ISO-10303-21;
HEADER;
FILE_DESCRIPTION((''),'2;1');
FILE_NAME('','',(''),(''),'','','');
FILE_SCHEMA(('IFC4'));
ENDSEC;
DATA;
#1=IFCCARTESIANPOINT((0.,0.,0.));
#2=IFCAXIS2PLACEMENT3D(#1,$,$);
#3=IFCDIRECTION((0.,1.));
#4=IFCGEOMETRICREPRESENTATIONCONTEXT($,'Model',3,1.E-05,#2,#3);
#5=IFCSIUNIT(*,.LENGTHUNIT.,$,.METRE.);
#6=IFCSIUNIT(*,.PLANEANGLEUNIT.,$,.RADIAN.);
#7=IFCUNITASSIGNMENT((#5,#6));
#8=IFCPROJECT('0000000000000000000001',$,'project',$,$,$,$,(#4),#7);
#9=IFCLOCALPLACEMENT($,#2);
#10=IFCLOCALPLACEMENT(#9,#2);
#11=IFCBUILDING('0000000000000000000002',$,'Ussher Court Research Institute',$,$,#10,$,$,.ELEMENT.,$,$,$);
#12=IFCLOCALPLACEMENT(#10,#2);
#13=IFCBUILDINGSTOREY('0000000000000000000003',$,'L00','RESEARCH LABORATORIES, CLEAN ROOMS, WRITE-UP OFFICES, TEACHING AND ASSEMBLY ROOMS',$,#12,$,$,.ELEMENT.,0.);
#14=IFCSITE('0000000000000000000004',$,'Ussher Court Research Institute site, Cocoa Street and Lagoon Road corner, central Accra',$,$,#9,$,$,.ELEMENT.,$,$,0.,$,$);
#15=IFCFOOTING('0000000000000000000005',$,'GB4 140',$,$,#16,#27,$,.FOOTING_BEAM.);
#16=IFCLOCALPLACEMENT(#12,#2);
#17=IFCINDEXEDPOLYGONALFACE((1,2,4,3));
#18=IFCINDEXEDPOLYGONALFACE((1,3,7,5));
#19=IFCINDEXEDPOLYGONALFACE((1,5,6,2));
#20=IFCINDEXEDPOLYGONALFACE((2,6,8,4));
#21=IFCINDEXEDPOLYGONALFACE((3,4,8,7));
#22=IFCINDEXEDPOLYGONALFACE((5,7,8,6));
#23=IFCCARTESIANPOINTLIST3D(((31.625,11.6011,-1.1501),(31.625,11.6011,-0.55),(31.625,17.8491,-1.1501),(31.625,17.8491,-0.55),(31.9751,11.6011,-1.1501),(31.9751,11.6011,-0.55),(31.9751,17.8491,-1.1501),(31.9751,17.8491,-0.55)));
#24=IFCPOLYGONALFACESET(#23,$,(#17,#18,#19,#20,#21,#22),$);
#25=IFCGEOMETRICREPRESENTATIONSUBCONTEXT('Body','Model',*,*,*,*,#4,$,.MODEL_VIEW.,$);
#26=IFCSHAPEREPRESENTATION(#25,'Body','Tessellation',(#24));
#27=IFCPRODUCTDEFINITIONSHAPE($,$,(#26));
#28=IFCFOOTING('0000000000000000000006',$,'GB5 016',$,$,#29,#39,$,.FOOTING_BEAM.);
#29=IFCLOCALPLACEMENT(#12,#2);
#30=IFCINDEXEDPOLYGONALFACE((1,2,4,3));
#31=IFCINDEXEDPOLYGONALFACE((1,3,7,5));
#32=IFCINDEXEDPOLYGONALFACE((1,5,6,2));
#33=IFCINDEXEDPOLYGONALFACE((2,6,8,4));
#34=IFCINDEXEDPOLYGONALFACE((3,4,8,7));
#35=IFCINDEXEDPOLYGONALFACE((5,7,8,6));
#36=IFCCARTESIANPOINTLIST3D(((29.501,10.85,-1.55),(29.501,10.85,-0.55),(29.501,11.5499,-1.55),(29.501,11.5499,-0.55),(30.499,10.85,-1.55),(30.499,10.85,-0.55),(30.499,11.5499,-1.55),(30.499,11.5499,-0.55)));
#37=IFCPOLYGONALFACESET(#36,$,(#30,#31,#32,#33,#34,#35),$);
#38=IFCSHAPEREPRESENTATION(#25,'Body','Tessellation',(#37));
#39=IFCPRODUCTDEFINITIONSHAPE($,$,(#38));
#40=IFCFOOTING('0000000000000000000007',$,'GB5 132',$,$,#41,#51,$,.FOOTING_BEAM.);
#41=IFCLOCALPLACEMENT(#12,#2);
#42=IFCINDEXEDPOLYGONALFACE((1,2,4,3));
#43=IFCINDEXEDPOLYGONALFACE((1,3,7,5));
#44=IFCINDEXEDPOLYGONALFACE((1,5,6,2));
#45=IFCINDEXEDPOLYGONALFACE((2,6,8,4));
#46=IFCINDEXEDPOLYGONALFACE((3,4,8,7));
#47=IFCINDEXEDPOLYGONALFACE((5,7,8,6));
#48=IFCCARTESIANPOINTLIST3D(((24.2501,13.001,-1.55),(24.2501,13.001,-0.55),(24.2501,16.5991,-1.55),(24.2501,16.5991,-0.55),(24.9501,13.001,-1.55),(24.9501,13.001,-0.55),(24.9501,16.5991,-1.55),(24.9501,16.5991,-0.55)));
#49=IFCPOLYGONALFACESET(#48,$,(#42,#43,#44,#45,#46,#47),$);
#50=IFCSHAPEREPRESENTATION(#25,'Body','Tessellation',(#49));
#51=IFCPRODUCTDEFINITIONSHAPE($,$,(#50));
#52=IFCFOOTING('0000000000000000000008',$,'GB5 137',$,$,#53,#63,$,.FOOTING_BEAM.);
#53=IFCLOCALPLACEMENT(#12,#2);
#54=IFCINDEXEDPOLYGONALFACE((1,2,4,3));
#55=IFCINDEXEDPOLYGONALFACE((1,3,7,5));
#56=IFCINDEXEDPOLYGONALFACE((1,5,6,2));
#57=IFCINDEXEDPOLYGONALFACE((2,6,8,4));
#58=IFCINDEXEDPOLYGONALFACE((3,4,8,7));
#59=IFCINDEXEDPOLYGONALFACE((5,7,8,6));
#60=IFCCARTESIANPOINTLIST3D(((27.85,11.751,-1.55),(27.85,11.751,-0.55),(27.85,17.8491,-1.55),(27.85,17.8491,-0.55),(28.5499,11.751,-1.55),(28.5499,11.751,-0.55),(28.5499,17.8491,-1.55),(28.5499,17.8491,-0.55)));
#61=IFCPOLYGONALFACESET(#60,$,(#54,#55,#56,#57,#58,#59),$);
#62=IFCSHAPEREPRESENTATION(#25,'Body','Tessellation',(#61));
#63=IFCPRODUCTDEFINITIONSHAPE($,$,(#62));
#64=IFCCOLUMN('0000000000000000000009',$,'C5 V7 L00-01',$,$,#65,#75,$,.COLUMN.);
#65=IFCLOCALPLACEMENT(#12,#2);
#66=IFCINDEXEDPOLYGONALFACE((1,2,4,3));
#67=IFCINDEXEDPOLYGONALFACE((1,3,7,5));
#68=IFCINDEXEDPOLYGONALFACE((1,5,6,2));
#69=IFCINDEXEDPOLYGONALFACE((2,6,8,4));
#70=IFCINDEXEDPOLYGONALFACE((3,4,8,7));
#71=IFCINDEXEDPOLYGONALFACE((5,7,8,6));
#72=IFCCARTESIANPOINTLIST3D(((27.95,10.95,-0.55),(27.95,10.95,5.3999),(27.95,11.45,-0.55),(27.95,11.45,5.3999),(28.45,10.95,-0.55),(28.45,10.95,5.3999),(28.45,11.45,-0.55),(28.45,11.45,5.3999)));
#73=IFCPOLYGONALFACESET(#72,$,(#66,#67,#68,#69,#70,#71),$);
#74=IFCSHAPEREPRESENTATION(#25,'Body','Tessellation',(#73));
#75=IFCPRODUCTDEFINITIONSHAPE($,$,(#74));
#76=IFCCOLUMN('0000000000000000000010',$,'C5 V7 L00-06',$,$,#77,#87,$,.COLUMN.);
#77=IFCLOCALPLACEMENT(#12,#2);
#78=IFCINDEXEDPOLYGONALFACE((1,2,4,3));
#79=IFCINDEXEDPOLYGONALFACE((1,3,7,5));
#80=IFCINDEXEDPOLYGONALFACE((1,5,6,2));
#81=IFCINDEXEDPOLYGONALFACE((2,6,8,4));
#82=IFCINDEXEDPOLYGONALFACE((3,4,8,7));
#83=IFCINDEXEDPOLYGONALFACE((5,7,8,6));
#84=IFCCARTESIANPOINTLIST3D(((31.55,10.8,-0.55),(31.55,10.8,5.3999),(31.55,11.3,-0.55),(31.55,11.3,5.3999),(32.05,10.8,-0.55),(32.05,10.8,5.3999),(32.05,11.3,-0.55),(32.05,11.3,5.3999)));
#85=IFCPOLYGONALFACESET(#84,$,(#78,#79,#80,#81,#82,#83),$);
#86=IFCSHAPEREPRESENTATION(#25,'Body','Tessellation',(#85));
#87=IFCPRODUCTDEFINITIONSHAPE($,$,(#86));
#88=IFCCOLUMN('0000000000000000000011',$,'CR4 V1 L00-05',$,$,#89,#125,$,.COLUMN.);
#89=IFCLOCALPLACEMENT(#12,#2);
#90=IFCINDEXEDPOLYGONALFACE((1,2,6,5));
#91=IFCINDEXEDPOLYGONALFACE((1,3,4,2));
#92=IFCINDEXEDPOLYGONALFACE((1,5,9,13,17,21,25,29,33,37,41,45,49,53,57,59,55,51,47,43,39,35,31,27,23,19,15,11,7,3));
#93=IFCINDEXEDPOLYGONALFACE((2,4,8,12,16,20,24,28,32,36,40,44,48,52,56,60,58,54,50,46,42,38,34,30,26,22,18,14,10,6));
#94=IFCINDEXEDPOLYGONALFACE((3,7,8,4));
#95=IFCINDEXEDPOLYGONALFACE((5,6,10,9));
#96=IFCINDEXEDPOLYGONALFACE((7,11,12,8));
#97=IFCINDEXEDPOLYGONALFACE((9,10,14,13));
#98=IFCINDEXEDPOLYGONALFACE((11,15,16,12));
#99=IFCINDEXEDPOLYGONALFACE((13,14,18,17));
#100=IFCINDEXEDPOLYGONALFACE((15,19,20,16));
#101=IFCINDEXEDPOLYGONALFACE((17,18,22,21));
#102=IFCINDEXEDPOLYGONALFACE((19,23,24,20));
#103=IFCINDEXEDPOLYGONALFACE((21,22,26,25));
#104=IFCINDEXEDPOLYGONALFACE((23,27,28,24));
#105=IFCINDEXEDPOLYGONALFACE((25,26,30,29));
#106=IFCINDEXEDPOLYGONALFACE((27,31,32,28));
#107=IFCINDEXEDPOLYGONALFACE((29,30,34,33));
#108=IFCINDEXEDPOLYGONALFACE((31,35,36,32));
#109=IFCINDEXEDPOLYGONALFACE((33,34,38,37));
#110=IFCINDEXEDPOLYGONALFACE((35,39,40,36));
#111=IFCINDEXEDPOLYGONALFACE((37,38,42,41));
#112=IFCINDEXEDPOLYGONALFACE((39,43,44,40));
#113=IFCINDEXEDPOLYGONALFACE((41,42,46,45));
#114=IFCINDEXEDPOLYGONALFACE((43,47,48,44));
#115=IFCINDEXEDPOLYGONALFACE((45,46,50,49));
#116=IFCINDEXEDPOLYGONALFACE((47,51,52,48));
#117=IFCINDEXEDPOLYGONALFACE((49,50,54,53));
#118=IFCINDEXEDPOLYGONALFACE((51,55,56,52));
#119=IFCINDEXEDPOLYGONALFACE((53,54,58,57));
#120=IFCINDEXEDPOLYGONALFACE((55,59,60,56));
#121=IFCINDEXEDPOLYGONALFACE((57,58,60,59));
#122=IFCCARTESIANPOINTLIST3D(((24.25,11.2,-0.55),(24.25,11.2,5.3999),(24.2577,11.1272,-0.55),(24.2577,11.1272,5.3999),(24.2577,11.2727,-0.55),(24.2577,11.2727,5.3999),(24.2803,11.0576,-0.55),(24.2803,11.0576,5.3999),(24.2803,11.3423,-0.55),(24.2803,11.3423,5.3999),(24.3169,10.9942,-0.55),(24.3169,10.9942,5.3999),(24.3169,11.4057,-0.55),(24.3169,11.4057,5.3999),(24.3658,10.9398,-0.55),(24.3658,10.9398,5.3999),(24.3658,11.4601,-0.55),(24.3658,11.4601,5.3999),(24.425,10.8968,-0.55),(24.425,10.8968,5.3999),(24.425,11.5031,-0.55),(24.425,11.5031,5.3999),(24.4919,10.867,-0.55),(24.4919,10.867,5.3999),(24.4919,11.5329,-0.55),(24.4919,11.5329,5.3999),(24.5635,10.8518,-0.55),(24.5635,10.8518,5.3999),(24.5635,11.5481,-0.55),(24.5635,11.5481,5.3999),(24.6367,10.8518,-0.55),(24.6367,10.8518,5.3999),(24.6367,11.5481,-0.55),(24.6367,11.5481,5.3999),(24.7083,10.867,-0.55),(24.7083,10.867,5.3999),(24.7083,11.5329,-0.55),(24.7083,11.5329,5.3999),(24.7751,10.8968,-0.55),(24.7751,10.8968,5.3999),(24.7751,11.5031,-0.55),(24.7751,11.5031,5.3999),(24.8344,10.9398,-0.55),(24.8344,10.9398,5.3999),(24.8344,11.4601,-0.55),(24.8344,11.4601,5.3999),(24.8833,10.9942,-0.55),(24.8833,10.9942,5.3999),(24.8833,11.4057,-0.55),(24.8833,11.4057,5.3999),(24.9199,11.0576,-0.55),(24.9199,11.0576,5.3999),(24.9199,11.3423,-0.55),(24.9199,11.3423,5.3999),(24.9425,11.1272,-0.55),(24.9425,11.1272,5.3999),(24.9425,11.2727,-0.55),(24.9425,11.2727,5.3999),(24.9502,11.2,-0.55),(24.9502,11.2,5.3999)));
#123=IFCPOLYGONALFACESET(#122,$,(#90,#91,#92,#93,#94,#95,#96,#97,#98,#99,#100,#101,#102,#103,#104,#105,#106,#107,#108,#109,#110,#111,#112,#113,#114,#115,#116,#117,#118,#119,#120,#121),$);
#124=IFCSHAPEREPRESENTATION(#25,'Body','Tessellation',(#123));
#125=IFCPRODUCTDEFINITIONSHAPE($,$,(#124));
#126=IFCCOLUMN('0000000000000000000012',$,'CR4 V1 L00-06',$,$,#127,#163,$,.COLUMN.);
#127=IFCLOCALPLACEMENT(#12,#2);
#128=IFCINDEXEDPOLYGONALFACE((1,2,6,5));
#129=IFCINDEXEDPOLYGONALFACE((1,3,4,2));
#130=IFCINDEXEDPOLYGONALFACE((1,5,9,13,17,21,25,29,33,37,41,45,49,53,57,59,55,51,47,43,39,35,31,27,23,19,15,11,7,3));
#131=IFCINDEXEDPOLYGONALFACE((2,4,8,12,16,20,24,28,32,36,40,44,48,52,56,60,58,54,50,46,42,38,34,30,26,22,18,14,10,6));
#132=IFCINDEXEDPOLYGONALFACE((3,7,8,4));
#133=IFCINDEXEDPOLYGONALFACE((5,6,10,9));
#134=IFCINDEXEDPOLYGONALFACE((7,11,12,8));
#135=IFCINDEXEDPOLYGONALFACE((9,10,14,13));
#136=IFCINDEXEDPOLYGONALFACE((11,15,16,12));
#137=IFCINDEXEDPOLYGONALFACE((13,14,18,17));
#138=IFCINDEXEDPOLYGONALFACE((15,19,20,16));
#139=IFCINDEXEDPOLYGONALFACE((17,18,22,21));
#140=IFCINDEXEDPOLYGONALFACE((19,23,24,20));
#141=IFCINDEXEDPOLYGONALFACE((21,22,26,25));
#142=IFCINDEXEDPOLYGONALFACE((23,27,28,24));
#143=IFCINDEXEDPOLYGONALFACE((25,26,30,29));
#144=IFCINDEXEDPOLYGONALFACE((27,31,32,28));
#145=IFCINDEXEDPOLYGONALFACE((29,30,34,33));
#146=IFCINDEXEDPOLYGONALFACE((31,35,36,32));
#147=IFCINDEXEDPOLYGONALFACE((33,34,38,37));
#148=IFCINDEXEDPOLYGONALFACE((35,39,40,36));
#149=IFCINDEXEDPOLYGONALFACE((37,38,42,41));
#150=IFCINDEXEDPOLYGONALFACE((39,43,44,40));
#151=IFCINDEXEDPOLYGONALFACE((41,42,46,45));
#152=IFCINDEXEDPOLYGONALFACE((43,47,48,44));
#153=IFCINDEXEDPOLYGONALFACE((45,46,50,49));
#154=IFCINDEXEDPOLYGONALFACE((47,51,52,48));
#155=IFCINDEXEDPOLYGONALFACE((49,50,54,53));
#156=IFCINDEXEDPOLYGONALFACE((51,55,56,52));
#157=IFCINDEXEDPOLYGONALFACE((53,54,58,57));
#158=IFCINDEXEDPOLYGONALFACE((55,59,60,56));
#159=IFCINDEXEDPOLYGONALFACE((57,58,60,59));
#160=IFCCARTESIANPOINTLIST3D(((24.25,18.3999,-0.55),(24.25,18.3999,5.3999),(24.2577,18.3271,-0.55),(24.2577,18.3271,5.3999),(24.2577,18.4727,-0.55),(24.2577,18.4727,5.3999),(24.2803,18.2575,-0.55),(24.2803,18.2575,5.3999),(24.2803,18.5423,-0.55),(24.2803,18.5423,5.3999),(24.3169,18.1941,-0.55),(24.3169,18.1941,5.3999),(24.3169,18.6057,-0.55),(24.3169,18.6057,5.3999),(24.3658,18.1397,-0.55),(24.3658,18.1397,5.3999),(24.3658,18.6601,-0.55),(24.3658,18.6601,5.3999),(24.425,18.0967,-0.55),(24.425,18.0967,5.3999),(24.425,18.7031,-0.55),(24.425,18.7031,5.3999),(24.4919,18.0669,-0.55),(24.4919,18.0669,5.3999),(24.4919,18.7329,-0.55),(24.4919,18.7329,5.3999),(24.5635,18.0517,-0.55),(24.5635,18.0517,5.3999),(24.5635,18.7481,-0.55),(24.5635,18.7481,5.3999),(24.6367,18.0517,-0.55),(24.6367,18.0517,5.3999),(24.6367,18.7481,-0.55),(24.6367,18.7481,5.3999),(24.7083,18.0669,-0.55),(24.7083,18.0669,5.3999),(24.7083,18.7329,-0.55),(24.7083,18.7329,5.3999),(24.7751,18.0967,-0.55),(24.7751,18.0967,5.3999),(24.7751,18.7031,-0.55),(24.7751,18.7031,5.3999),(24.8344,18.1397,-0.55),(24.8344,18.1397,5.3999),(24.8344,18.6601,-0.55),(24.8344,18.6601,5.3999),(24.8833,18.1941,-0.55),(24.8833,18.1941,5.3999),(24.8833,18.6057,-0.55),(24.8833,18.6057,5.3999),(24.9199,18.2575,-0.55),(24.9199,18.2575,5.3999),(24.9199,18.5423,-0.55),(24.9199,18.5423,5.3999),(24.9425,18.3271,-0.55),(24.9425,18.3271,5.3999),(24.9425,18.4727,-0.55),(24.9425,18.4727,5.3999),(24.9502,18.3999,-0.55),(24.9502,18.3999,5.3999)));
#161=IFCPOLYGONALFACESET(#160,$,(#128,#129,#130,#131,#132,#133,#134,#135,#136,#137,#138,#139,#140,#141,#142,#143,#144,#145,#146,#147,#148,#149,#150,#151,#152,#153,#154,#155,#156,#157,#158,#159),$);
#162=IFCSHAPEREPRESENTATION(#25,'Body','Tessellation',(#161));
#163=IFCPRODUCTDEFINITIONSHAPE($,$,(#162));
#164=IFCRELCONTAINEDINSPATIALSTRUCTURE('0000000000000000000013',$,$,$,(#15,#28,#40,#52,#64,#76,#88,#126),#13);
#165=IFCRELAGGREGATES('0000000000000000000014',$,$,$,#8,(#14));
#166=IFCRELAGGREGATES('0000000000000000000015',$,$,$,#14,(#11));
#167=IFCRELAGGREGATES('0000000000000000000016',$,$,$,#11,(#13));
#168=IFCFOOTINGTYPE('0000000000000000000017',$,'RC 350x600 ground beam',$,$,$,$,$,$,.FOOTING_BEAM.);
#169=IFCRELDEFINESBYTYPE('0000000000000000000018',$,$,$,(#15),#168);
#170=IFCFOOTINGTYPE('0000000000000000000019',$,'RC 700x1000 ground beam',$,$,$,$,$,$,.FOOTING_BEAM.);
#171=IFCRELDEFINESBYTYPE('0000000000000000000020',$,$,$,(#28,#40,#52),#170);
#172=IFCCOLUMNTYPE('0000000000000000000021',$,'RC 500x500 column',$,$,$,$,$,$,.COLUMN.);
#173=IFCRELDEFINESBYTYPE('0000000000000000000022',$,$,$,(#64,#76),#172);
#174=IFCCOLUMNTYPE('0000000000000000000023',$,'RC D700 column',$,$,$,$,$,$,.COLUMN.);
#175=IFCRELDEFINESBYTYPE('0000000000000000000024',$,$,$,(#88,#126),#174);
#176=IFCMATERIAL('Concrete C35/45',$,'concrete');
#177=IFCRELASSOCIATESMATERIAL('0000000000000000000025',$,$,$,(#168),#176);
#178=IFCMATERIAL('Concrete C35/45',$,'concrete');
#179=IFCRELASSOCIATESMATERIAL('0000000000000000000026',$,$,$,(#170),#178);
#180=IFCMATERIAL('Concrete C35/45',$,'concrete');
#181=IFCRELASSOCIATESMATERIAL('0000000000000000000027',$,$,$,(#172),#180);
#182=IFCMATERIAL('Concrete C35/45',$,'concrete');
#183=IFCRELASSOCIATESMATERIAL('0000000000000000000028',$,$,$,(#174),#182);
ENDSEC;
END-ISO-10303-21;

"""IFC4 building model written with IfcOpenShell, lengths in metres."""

from ifc_helpers import new_model, si_unit, direction, frame, origin, origin_2d, place, context, subcontext, project, spatial, rectangle, circle, extrude, material, material_profile, profile_set, type_object, element, save


model = new_model("IFC4")

# Units and contexts
model_context = context("Model", 3, precision=1e-05, world=origin(), true_north=direction((0.0, 1.0)))
body_context = subcontext(model_context, "Body", "Model", "MODEL_VIEW")
ifc_project = project(units=[si_unit("LENGTHUNIT", "METRE"), si_unit("PLANEANGLEUNIT", "RADIAN")], contexts=[model_context])

# Site, building, storey
site_placement = place(None, origin())
site = spatial("IfcSite", under=ifc_project, at=site_placement, Name="Ussher Court Research Institute site, Cocoa Street and Lagoon Road corner, central Accra", CompositionType="ELEMENT", RefElevation=0.0)
building_placement = place(site_placement, origin())
building = spatial("IfcBuilding", under=site, at=building_placement, Name="Ussher Court Research Institute", CompositionType="ELEMENT")
storey_placement = place(building_placement, origin())
storey = spatial("IfcBuildingStorey", under=building, at=storey_placement, Name="L00", Description="RESEARCH LABORATORIES, CLEAN ROOMS, WRITE-UP OFFICES, TEACHING AND ASSEMBLY ROOMS", CompositionType="ELEMENT", Elevation=0.0)

# Footings
ifc_material_1 = material(Name="Concrete C35/45", Category="concrete")
ifc_material_profile_1 = material_profile(ifc_material_1, rectangle(XDim=0.3501, YDim=0.6001, at=origin_2d()), Name="RC 350x600")
ifc_profile_set_1 = profile_set([ifc_material_profile_1], Name="Concrete C35/45")
footing_type_1 = type_object("IfcFootingType", Name="RC 350x600 ground beam", PredefinedType="FOOTING_BEAM", material=ifc_profile_set_1)
footing_1_placement = place(storey_placement, frame((31.8, 11.6011, -0.8501), z_axis=(0.0, 1.0, 0.0), x_axis=(-1.0, 0.0, 0.0)))
element("IfcFooting", 1, at=footing_1_placement, inside=storey, type_object=footing_type_1, Name="GB4 140", PredefinedType="FOOTING_BEAM", context=body_context, shape_type="SweptSolid", body=[
    extrude(rectangle(XDim=0.3501, YDim=0.6001, at=origin_2d()), origin(), (0.0, 0.0, 1.0), 6.248),
])
ifc_material_2 = material(Name="Concrete C35/45", Category="concrete")
ifc_material_profile_2 = material_profile(ifc_material_2, rectangle(XDim=0.7, YDim=1.0, at=origin_2d()), Name="RC 700x1000")
ifc_profile_set_2 = profile_set([ifc_material_profile_2], Name="Concrete C35/45")
footing_type_2 = type_object("IfcFootingType", Name="RC 700x1000 ground beam", PredefinedType="FOOTING_BEAM", material=ifc_profile_set_2)
footing_2_placement = place(storey_placement, frame((29.501, 11.2, -1.05), z_axis=(1.0, 0.0, 0.0), x_axis=(0.0, 1.0, 0.0)))
element("IfcFooting", 2, at=footing_2_placement, inside=storey, type_object=footing_type_2, Name="GB5 016", PredefinedType="FOOTING_BEAM", context=body_context, shape_type="SweptSolid", body=[
    extrude(rectangle(XDim=0.7, YDim=1.0, at=origin_2d()), origin(), (0.0, 0.0, 1.0), 0.998),
])
footing_3_placement = place(storey_placement, frame((24.6001, 13.001, -1.05), z_axis=(0.0, 1.0, 0.0), x_axis=(-1.0, 0.0, 0.0)))
element("IfcFooting", 3, at=footing_3_placement, inside=storey, type_object=footing_type_2, Name="GB5 132", PredefinedType="FOOTING_BEAM", context=body_context, shape_type="SweptSolid", body=[
    extrude(rectangle(XDim=0.7, YDim=1.0, at=origin_2d()), origin(), (0.0, 0.0, 1.0), 3.5981),
])
footing_4_placement = place(storey_placement, frame((28.2, 11.751, -1.05), z_axis=(0.0, 1.0, 0.0), x_axis=(-1.0, 0.0, 0.0)))
element("IfcFooting", 4, at=footing_4_placement, inside=storey, type_object=footing_type_2, Name="GB5 137", PredefinedType="FOOTING_BEAM", context=body_context, shape_type="SweptSolid", body=[
    extrude(rectangle(XDim=0.7, YDim=1.0, at=origin_2d()), origin(), (0.0, 0.0, 1.0), 6.0981),
])

# Columns
ifc_material_3 = material(Name="Concrete C35/45", Category="concrete")
ifc_material_profile_3 = material_profile(ifc_material_3, rectangle(XDim=0.5, YDim=0.5, at=origin_2d()), Name="RC 500x500")
ifc_profile_set_3 = profile_set([ifc_material_profile_3], Name="Concrete C35/45")
column_type_1 = type_object("IfcColumnType", Name="RC 500x500 column", PredefinedType="COLUMN", material=ifc_profile_set_3)
for number, where, z_axis, x_axis, name in (
    (5, (28.2, 11.2, -0.55), (0.0, 0.0, 1.0), (1.0, 0.0, 0.0), "C5 V7 L00-01"),
    (6, (31.8, 11.05, -0.55), (0.0, 0.0, 1.0), (1.0, 0.0, 0.0), "C5 V7 L00-06"),
):
    element("IfcColumn", number, at=place(storey_placement, frame(where, z_axis=z_axis, x_axis=x_axis)), inside=storey, type_object=column_type_1, Name=name, PredefinedType="COLUMN", context=body_context, shape_type="SweptSolid", body=[
        extrude(rectangle(XDim=0.5, YDim=0.5, at=origin_2d()), origin(), (0.0, 0.0, 1.0), 5.95),
    ])
ifc_material_4 = material(Name="Concrete C35/45", Category="concrete")
ifc_material_profile_4 = material_profile(ifc_material_4, circle(Radius=0.3501, at=origin_2d()), Name="RC D700")
ifc_profile_set_4 = profile_set([ifc_material_profile_4], Name="Concrete C35/45")
column_type_2 = type_object("IfcColumnType", Name="RC D700 column", PredefinedType="COLUMN", material=ifc_profile_set_4)
for number, where, z_axis, x_axis, name in (
    (7, (24.6001, 11.2, -0.55), (0.0, 0.0, 1.0), (1.0, 0.0, 0.0), "CR4 V1 L00-05"),
    (8, (24.6001, 18.3999, -0.55), (0.0, 0.0, 1.0), (1.0, 0.0, 0.0), "CR4 V1 L00-06"),
):
    element("IfcColumn", number, at=place(storey_placement, frame(where, z_axis=z_axis, x_axis=x_axis)), inside=storey, type_object=column_type_2, Name=name, PredefinedType="COLUMN", context=body_context, shape_type="SweptSolid", body=[
        extrude(circle(Radius=0.3501, at=origin_2d()), origin(), (0.0, 0.0, 1.0), 5.95),
    ])

save(model, "model.ifc")
